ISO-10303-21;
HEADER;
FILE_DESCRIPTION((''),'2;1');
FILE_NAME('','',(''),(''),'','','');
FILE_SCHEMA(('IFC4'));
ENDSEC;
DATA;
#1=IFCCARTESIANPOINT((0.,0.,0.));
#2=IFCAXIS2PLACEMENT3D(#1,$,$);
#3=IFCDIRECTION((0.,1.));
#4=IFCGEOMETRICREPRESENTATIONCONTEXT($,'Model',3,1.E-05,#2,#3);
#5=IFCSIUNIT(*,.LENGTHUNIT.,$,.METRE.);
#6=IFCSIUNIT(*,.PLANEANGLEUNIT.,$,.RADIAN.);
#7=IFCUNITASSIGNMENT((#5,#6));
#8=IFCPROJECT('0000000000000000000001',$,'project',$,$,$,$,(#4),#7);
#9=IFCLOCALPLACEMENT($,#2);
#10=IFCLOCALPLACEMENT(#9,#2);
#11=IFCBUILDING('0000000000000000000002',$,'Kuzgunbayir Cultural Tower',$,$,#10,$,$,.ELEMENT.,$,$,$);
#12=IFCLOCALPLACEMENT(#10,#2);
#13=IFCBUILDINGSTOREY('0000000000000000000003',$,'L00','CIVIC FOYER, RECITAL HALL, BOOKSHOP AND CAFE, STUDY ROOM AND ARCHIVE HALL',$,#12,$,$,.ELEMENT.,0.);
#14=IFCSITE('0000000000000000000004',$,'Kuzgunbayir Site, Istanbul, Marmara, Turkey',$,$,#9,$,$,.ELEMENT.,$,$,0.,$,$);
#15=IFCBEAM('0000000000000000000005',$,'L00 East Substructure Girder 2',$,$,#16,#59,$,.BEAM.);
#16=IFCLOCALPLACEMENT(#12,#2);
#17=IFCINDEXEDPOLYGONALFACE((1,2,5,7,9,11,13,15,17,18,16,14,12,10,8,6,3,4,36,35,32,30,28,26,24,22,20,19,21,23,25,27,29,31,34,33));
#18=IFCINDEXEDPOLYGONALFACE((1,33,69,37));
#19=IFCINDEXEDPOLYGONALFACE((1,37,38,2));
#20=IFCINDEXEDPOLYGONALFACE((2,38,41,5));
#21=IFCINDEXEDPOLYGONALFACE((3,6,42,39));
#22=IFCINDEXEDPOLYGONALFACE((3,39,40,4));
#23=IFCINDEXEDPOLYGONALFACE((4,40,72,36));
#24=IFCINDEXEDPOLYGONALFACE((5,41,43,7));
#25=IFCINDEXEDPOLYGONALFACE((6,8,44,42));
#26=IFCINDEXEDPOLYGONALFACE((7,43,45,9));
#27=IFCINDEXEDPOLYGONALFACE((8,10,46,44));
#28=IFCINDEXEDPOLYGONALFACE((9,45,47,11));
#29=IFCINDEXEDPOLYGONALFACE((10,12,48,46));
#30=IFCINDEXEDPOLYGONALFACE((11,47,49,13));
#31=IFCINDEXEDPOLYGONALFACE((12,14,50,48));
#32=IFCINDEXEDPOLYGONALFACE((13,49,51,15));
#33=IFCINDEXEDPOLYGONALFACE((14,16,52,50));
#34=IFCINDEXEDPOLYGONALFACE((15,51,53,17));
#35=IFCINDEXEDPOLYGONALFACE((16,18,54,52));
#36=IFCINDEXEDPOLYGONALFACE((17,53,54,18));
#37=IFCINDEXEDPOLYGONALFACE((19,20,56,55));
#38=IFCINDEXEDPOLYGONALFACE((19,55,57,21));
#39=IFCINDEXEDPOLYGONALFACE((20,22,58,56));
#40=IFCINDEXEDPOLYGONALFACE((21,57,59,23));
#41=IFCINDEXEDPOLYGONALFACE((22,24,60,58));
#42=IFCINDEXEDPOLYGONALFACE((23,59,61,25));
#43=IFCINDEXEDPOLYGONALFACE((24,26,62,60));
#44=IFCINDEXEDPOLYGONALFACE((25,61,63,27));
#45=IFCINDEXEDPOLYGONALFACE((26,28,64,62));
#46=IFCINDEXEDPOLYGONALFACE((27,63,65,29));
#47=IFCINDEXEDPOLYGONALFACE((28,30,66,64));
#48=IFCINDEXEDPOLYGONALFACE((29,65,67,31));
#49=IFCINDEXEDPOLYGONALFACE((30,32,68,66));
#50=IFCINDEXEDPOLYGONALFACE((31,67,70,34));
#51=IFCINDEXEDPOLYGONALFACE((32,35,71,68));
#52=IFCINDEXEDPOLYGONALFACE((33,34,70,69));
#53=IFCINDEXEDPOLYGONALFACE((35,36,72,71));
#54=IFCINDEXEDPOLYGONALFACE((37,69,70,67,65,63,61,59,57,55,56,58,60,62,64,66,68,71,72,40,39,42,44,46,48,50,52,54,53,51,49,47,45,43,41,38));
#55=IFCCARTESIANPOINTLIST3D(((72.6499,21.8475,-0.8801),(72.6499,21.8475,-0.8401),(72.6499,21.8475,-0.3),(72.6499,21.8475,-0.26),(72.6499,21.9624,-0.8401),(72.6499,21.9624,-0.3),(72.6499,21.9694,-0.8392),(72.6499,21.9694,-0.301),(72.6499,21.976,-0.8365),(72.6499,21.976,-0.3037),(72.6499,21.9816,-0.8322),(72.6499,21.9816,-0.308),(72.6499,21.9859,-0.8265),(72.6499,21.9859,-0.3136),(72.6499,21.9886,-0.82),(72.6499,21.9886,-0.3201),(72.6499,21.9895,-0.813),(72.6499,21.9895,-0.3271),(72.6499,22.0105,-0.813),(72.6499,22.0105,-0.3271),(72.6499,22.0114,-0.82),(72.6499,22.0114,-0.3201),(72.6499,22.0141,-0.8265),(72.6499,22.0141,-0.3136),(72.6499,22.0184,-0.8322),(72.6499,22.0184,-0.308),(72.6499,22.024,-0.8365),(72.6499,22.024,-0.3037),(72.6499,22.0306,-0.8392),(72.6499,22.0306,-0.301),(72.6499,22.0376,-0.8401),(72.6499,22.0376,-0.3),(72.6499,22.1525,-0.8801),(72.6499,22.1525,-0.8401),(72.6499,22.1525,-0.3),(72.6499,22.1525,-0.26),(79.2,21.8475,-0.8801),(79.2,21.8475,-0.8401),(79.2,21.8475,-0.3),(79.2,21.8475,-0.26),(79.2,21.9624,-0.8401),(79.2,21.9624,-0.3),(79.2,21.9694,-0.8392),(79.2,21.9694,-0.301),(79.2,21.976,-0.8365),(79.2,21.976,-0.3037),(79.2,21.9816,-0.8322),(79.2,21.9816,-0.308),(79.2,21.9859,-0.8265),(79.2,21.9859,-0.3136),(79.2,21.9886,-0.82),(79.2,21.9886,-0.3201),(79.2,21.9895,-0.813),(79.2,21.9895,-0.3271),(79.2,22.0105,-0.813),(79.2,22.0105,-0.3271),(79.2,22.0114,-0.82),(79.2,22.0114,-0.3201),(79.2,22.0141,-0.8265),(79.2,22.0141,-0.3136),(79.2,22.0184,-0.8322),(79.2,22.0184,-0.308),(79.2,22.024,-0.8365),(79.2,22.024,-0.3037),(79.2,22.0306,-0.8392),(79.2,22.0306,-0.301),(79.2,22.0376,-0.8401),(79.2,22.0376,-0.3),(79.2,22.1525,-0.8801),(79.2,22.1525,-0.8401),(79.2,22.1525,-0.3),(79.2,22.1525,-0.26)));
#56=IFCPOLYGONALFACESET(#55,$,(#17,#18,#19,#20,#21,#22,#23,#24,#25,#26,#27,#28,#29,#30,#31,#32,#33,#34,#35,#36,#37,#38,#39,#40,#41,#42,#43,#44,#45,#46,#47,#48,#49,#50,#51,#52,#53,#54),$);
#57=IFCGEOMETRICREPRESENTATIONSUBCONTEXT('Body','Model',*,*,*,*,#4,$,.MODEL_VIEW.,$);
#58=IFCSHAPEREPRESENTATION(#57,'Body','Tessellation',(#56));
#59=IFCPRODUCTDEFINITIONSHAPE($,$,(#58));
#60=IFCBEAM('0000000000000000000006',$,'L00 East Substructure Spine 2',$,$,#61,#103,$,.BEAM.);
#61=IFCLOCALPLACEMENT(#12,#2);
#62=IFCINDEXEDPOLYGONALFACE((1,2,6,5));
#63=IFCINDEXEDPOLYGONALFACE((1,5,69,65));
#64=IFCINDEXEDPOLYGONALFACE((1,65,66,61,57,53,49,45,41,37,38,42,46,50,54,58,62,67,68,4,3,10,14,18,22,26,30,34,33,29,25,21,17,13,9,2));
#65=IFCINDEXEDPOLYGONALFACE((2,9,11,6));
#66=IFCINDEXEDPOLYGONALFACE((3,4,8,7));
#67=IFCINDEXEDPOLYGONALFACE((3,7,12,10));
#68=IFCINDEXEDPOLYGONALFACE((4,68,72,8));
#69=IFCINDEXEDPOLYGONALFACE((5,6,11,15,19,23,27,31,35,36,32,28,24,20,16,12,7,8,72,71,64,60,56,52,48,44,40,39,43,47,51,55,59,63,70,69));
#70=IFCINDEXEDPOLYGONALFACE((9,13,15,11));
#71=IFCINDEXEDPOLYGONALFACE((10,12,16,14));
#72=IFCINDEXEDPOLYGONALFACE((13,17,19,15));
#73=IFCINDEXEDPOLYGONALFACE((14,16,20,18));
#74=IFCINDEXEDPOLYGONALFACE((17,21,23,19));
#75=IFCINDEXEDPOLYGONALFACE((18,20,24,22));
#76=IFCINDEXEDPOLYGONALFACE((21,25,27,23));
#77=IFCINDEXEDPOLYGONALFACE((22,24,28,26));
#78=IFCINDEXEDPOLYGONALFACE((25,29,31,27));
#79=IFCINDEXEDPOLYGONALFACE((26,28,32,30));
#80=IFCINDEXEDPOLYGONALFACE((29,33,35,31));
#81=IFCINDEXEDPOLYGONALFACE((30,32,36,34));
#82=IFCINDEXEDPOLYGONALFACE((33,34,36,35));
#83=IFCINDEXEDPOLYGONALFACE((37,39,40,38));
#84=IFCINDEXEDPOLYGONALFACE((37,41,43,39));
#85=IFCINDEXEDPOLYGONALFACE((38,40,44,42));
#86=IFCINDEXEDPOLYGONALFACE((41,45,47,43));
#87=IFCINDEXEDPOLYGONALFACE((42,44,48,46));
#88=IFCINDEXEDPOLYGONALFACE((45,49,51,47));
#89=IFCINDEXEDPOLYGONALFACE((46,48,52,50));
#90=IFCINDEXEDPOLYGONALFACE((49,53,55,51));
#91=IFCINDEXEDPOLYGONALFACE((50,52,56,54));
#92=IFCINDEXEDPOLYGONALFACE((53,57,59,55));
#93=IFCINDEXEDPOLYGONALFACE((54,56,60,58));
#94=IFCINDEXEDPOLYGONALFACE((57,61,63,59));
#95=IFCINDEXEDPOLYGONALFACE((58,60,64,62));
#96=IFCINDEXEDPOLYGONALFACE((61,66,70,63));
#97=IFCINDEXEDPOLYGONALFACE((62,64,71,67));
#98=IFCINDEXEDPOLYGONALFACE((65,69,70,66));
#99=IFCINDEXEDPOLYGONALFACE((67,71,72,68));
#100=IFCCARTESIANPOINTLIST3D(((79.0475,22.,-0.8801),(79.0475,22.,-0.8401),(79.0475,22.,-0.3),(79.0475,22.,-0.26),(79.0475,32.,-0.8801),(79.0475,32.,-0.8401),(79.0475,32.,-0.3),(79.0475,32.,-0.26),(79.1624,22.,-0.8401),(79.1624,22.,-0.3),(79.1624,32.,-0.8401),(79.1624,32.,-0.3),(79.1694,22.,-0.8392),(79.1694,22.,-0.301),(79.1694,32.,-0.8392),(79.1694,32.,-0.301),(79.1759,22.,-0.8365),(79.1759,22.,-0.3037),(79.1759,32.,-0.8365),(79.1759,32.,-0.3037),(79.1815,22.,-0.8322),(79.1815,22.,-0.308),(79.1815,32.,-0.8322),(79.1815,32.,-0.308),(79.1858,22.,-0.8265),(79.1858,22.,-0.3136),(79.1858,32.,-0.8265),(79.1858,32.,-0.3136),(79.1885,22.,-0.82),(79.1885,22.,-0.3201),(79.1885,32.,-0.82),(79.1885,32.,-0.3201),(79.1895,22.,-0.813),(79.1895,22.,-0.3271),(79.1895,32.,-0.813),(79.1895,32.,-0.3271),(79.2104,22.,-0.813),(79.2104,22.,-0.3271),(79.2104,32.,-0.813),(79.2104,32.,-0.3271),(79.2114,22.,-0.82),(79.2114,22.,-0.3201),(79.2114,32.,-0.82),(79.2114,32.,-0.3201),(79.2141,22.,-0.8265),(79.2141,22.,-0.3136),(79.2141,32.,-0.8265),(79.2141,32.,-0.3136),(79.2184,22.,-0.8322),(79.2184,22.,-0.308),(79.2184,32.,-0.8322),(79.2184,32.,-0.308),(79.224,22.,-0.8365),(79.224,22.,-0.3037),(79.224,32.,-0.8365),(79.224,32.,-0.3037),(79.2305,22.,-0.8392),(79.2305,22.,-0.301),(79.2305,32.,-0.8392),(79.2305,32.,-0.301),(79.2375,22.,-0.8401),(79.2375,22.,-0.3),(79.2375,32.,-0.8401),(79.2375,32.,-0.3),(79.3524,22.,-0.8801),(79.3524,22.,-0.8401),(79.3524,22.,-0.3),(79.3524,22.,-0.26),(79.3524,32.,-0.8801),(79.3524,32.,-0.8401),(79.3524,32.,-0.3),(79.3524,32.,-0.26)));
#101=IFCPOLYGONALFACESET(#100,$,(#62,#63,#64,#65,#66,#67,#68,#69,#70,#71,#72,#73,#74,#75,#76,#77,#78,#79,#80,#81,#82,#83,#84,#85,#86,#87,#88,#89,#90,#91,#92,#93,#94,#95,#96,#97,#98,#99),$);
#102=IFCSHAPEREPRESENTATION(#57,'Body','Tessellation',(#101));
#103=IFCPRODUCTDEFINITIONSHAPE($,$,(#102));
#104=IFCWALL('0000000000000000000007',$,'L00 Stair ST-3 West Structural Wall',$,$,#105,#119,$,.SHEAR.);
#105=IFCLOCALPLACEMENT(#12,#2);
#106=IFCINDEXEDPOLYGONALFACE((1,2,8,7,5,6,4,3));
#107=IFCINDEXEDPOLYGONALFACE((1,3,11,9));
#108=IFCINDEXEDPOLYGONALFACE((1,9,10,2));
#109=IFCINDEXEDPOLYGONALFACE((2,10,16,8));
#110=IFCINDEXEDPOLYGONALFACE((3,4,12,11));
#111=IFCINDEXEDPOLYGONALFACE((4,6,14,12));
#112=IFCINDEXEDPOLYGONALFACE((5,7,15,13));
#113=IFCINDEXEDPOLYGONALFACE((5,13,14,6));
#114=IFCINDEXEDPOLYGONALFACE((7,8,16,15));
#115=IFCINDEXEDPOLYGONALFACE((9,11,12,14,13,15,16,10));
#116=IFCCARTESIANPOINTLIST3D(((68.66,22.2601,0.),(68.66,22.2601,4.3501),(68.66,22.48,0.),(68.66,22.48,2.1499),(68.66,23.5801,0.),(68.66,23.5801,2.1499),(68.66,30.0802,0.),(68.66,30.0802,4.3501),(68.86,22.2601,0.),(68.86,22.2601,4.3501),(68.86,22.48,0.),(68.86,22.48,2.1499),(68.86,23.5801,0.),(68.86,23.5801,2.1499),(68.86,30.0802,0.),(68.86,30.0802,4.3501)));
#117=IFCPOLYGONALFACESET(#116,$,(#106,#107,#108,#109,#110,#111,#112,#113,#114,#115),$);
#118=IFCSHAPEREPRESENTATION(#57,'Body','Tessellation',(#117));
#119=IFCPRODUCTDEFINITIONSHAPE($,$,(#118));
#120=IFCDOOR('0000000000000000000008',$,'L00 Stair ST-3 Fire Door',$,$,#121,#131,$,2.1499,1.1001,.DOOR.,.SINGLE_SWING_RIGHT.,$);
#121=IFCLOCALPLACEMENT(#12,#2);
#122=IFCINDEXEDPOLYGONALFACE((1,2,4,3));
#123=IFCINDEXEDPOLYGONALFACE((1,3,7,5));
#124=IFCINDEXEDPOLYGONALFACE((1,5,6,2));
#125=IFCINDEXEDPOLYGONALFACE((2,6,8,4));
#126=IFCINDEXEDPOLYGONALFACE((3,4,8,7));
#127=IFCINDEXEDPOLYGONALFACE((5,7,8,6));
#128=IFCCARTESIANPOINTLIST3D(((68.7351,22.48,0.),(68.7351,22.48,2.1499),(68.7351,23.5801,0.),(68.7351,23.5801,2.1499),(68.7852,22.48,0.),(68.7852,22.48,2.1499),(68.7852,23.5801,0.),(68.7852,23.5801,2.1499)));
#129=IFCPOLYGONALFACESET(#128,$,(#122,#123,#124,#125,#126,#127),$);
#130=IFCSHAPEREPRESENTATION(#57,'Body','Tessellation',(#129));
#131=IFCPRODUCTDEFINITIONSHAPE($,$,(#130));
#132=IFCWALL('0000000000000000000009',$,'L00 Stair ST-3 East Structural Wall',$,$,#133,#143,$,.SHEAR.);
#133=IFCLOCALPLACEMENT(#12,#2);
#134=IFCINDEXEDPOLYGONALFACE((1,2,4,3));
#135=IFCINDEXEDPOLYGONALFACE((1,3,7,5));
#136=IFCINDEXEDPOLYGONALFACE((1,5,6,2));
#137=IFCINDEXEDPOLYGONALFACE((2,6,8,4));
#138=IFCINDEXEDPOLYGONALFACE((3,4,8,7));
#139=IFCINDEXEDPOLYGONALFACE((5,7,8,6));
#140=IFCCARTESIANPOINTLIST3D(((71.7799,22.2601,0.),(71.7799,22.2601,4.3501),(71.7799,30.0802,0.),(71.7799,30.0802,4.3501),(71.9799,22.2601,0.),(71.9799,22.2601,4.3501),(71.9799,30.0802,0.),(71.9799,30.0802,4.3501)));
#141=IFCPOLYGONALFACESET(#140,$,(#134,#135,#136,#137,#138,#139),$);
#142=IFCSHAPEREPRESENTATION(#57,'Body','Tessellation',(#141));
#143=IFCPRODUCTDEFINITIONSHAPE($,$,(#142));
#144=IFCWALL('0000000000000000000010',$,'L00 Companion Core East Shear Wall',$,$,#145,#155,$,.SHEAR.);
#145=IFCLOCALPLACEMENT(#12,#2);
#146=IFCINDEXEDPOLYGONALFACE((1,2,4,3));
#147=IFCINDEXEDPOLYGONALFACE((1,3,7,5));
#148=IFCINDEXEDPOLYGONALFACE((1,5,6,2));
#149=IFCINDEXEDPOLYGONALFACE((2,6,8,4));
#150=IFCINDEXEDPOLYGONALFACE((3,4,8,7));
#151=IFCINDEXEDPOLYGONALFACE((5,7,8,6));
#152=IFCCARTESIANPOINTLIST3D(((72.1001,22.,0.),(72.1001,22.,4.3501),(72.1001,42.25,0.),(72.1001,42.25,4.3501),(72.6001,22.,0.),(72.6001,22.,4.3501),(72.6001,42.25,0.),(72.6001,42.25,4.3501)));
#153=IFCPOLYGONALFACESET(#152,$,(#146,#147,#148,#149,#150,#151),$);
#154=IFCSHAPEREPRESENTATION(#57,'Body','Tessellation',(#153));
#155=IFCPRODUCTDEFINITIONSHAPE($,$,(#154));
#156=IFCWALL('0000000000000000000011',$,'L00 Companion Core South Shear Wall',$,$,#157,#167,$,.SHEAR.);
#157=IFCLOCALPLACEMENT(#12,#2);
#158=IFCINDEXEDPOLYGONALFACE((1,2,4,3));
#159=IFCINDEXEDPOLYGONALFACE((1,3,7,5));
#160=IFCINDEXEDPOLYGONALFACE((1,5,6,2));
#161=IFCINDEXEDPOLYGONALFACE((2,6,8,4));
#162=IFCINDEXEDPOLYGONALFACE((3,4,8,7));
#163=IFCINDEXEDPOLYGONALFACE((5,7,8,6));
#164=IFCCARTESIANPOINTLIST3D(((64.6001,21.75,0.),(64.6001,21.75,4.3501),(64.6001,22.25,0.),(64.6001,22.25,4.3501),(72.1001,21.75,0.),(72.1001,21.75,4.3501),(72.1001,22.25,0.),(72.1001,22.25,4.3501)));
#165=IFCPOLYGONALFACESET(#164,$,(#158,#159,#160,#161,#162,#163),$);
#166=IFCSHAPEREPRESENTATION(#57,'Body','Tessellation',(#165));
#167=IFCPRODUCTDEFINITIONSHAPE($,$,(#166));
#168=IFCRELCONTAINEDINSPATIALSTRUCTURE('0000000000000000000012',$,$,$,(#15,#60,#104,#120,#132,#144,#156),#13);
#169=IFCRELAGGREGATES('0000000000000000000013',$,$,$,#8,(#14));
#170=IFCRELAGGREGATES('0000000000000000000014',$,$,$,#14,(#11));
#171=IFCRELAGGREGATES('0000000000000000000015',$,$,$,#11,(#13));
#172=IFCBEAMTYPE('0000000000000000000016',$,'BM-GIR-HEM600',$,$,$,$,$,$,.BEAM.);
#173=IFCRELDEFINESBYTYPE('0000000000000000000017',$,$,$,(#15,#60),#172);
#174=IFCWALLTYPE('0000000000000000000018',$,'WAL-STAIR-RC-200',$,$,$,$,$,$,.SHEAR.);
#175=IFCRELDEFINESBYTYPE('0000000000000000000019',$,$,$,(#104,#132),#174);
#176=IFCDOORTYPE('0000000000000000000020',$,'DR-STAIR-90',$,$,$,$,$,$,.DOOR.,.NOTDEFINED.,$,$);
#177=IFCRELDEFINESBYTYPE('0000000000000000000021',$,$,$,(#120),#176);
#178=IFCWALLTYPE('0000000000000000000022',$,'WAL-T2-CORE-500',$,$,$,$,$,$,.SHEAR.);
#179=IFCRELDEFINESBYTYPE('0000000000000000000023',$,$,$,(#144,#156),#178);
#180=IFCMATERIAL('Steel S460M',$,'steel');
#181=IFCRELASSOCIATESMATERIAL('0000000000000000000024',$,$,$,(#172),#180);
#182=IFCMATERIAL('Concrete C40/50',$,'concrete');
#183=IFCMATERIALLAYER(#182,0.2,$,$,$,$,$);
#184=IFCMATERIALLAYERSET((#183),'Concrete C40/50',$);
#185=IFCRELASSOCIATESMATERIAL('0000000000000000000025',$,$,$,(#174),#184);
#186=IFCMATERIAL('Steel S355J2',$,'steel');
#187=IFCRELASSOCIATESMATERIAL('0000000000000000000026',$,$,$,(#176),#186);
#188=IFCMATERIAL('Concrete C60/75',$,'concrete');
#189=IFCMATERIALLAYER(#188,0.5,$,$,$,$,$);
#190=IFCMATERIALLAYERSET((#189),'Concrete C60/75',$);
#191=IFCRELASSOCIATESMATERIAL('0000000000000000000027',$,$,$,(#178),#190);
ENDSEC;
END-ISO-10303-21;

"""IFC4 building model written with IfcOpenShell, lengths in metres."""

from ifc_helpers import new_model, si_unit, direction, frame, frame_2d, origin, origin_2d, place, context, subcontext, project, spatial, rectangle, i_section, extrude, material, layer, layer_set, material_profile, profile_set, type_object, element, fill, save


model = new_model("IFC4")

# Units and contexts
model_context = context("Model", 3, precision=1e-05, world=origin(), true_north=direction((0.0, 1.0)))
body_context = subcontext(model_context, "Body", "Model", "MODEL_VIEW")
ifc_project = project(units=[si_unit("LENGTHUNIT", "METRE"), si_unit("PLANEANGLEUNIT", "RADIAN")], contexts=[model_context])

# Site, building, storey
site_placement = place(None, origin())
site = spatial("IfcSite", under=ifc_project, at=site_placement, Name="Kuzgunbayir Site, Istanbul, Marmara, Turkey", CompositionType="ELEMENT", RefElevation=0.0)
building_placement = place(site_placement, origin())
building = spatial("IfcBuilding", under=site, at=building_placement, Name="Kuzgunbayir Cultural Tower", CompositionType="ELEMENT")
storey_placement = place(building_placement, origin())
storey = spatial("IfcBuildingStorey", under=building, at=storey_placement, Name="L00", Description="CIVIC FOYER, RECITAL HALL, BOOKSHOP AND CAFE, STUDY ROOM AND ARCHIVE HALL", CompositionType="ELEMENT", Elevation=0.0)

# Shared definitions
ifc_material_1 = material(Name="Concrete C60/75", Category="concrete")

# Beams
ifc_material_2 = material(Name="Steel S355J2", Category="steel")
ifc_material_3 = material(Name="Steel S460M", Category="steel")
ifc_material_profile_1 = material_profile(ifc_material_3, i_section(OverallWidth=0.3049, OverallDepth=0.6201, WebThickness=0.021, FlangeThickness=0.04, FilletRadius=0.0271, at=origin_2d()), Name="HEM 600")
ifc_profile_set_1 = profile_set([ifc_material_profile_1], Name="Steel S460M")
beam_type_1 = type_object("IfcBeamType", Name="BM-GIR-HEM600", PredefinedType="BEAM", material=ifc_profile_set_1)
beam_1_placement = place(storey_placement, frame((72.6499, 22.0, -0.5701), z_axis=(1.0, 0.0, 0.0), x_axis=(0.0, 1.0, 0.0)))
element("IfcBeam", 1, at=beam_1_placement, inside=storey, type_object=beam_type_1, Name="L00 East Substructure Girder 2", PredefinedType="BEAM", context=body_context, shape_type="SweptSolid", body=[
    extrude(i_section(OverallWidth=0.3049, OverallDepth=0.6201, WebThickness=0.021, FlangeThickness=0.04, FilletRadius=0.0271, at=origin_2d()), origin(), (0.0, 0.0, 1.0), 6.55),
])
beam_2_placement = place(storey_placement, frame((79.2, 22.0, -0.5701), z_axis=(0.0, 1.0, 0.0), x_axis=(-1.0, 0.0, 0.0)))
element("IfcBeam", 2, at=beam_2_placement, inside=storey, type_object=beam_type_1, Name="L00 East Substructure Spine 2", PredefinedType="BEAM", context=body_context, shape_type="SweptSolid", body=[
    extrude(i_section(OverallWidth=0.3049, OverallDepth=0.6201, WebThickness=0.021, FlangeThickness=0.04, FilletRadius=0.0271, at=origin_2d()), origin(), (0.0, 0.0, 1.0), 10.0),
])

# Wall, opening, door
ifc_material_4 = material(Name="Concrete C40/50", Category="concrete")
ifc_layer_1 = layer(ifc_material_4, 0.2)
ifc_layer_set_1 = layer_set([ifc_layer_1], Name="Concrete C40/50")
wall_type_1 = type_object("IfcWallType", Name="WAL-STAIR-RC-200", PredefinedType="SHEAR", material=ifc_layer_set_1)
wall_1_placement = place(storey_placement, frame((68.76, 22.26, 0.0), z_axis=(0.0, 0.0, 1.0), x_axis=(0.0, 1.0, 0.0)))
wall_1 = element("IfcWall", 3, at=wall_1_placement, inside=storey, type_object=wall_type_1, Name="L00 Stair ST-3 West Structural Wall", PredefinedType="SHEAR", context=body_context, shape_type="SweptSolid", body=[
    extrude(rectangle(XDim=7.8201, YDim=0.2, at=frame_2d((3.9102, 0.0))), origin(), (0.0, 0.0, 1.0), 4.3501),
])
opening_placement = place(wall_1_placement, frame((0.22, 0.0, 0.0)))
opening = element("IfcOpeningElement", 4, at=opening_placement, cuts=wall_1, PredefinedType="OPENING", context=body_context, shape_type="SweptSolid", body=[
    extrude(rectangle(XDim=1.1001, YDim=2.1499, at=frame_2d((0.55, 1.075))), frame((0.0, 0.1099, 0.0), z_axis=(0.0, -1.0, 0.0), x_axis=(1.0, 0.0, 0.0)), (0.0, 0.0, 1.0), 0.22),
])
door_type = type_object("IfcDoorType", Name="DR-STAIR-90", OperationType="NOTDEFINED", PredefinedType="DOOR", material=ifc_material_2)
door_placement = place(opening_placement, origin())
door = element("IfcDoor", 5, at=door_placement, inside=storey, type_object=door_type, Name="L00 Stair ST-3 Fire Door", OperationType="SINGLE_SWING_RIGHT", OverallHeight=2.1499, OverallWidth=1.1001, PredefinedType="DOOR", context=body_context, shape_type="SweptSolid", body=[
    extrude(rectangle(XDim=1.1001, YDim=2.1499, at=frame_2d((0.55, 1.075))), frame((0.0, 0.0249, 0.0), z_axis=(0.0, -1.0, 0.0), x_axis=(1.0, 0.0, 0.0)), (0.0, 0.0, 1.0), 0.05),
])
fill(opening, door)

# Walls
wall_2_placement = place(storey_placement, frame((71.8799, 22.26, 0.0), z_axis=(0.0, 0.0, 1.0), x_axis=(0.0, 1.0, 0.0)))
element("IfcWall", 6, at=wall_2_placement, inside=storey, type_object=wall_type_1, Name="L00 Stair ST-3 East Structural Wall", PredefinedType="SHEAR", context=body_context, shape_type="SweptSolid", body=[
    extrude(rectangle(XDim=7.8201, YDim=0.2, at=frame_2d((3.9102, 0.0))), origin(), (0.0, 0.0, 1.0), 4.3501),
])
ifc_layer_2 = layer(ifc_material_1, 0.5)
ifc_layer_set_2 = layer_set([ifc_layer_2], Name="Concrete C60/75")
wall_type_2 = type_object("IfcWallType", Name="WAL-T2-CORE-500", PredefinedType="SHEAR", material=ifc_layer_set_2)
wall_3_placement = place(storey_placement, frame((72.3501, 22.0, 0.0), z_axis=(0.0, 0.0, 1.0), x_axis=(0.0, 1.0, 0.0)))
element("IfcWall", 7, at=wall_3_placement, inside=storey, type_object=wall_type_2, Name="L00 Companion Core East Shear Wall", PredefinedType="SHEAR", context=body_context, shape_type="SweptSolid", body=[
    extrude(rectangle(XDim=20.25, YDim=0.5, at=frame_2d((10.125, 0.0))), origin(), (0.0, 0.0, 1.0), 4.3501),
])
wall_4_placement = place(storey_placement, frame((64.6001, 22.0, 0.0), z_axis=(0.0, 0.0, 1.0), x_axis=(1.0, 0.0, 0.0)))
element("IfcWall", 8, at=wall_4_placement, inside=storey, type_object=wall_type_2, Name="L00 Companion Core South Shear Wall", PredefinedType="SHEAR", context=body_context, shape_type="SweptSolid", body=[
    extrude(rectangle(XDim=7.5, YDim=0.5, at=frame_2d((3.75, 0.0))), origin(), (0.0, 0.0, 1.0), 4.3501),
])

save(model, "model.ifc")
